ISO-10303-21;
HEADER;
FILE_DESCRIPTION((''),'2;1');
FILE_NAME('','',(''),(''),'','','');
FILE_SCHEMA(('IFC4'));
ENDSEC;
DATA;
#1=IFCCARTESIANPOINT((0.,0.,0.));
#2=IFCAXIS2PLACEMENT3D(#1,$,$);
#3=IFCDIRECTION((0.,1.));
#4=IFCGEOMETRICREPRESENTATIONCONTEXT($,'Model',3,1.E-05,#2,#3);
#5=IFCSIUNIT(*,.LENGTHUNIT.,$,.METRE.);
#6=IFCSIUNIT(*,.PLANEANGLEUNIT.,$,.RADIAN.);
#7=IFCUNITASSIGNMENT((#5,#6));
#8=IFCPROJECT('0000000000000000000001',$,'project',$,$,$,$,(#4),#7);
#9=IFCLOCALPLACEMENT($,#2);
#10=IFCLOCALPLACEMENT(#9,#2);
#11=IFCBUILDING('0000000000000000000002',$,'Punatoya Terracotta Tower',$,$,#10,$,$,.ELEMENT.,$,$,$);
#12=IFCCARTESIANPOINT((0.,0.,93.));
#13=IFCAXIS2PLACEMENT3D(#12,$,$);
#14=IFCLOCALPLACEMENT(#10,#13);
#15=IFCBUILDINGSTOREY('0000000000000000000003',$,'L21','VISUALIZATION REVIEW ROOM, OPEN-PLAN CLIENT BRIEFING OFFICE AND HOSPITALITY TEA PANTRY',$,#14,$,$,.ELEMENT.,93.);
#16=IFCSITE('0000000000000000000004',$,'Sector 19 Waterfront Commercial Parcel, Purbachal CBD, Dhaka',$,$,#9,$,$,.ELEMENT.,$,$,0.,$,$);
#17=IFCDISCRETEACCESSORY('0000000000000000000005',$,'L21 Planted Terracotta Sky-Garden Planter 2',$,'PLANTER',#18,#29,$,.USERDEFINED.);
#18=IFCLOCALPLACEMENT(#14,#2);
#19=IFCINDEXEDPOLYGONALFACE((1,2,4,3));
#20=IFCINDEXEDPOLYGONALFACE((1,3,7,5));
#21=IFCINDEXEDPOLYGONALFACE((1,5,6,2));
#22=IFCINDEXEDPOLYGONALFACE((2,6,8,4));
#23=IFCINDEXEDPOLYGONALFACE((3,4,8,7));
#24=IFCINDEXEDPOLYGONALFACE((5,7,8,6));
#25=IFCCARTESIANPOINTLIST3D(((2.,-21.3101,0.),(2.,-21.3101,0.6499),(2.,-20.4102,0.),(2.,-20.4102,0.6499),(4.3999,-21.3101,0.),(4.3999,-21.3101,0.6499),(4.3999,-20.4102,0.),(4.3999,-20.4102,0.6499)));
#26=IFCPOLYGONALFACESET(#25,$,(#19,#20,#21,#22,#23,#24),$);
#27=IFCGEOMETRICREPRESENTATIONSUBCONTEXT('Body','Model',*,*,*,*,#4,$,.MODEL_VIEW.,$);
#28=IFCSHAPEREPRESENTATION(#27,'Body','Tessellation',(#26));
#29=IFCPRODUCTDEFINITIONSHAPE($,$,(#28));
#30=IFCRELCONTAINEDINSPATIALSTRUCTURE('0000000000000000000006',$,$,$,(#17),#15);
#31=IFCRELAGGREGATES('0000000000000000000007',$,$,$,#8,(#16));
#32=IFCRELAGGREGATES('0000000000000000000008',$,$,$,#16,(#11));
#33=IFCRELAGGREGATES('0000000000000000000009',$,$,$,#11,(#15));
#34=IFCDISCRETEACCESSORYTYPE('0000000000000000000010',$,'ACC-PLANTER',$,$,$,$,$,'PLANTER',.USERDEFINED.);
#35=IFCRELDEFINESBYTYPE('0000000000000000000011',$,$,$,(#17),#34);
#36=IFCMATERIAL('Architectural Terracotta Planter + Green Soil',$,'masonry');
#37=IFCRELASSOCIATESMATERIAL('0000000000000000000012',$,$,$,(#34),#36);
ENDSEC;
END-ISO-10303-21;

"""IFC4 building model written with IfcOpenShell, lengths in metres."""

from ifc_helpers import new_model, si_unit, direction, frame, origin, origin_2d, place, context, subcontext, project, spatial, rectangle, extrude, material, type_object, element, save


model = new_model("IFC4")

# Units and contexts
model_context = context("Model", 3, precision=1e-05, world=origin(), true_north=direction((0.0, 1.0)))
body_context = subcontext(model_context, "Body", "Model", "MODEL_VIEW")
ifc_project = project(units=[si_unit("LENGTHUNIT", "METRE"), si_unit("PLANEANGLEUNIT", "RADIAN")], contexts=[model_context])

# Site, building, storey
site_placement = place(None, origin())
site = spatial("IfcSite", under=ifc_project, at=site_placement, Name="Sector 19 Waterfront Commercial Parcel, Purbachal CBD, Dhaka", CompositionType="ELEMENT", RefElevation=0.0)
building_placement = place(site_placement, origin())
building = spatial("IfcBuilding", under=site, at=building_placement, Name="Punatoya Terracotta Tower", CompositionType="ELEMENT")
storey_placement = place(building_placement, frame((0.0, 0.0, 93.0)))
storey = spatial("IfcBuildingStorey", under=building, at=storey_placement, Name="L21", Description="VISUALIZATION REVIEW ROOM, OPEN-PLAN CLIENT BRIEFING OFFICE AND HOSPITALITY TEA PANTRY", CompositionType="ELEMENT", Elevation=93.0)

# Discrete accessory
ifc_material_1 = material(Name="Architectural Terracotta Planter + Green Soil", Category="masonry")
discrete_accessory_type = type_object("IfcDiscreteAccessoryType", Name="ACC-PLANTER", ElementType="PLANTER", PredefinedType="USERDEFINED", material=ifc_material_1)
discrete_accessory_placement = place(storey_placement, frame((3.2, -20.8601, 0.0), z_axis=(0.0, 0.0, 1.0), x_axis=(1.0, 0.0, 0.0)))
element("IfcDiscreteAccessory", 1, at=discrete_accessory_placement, inside=storey, type_object=discrete_accessory_type, Name="L21 Planted Terracotta Sky-Garden Planter 2", ObjectType="PLANTER", PredefinedType="USERDEFINED", context=body_context, shape_type="SweptSolid", body=[
    extrude(rectangle(XDim=2.3999, YDim=0.8999, at=origin_2d()), origin(), (0.0, 0.0, 1.0), 0.6499),
])

save(model, "model.ifc")
